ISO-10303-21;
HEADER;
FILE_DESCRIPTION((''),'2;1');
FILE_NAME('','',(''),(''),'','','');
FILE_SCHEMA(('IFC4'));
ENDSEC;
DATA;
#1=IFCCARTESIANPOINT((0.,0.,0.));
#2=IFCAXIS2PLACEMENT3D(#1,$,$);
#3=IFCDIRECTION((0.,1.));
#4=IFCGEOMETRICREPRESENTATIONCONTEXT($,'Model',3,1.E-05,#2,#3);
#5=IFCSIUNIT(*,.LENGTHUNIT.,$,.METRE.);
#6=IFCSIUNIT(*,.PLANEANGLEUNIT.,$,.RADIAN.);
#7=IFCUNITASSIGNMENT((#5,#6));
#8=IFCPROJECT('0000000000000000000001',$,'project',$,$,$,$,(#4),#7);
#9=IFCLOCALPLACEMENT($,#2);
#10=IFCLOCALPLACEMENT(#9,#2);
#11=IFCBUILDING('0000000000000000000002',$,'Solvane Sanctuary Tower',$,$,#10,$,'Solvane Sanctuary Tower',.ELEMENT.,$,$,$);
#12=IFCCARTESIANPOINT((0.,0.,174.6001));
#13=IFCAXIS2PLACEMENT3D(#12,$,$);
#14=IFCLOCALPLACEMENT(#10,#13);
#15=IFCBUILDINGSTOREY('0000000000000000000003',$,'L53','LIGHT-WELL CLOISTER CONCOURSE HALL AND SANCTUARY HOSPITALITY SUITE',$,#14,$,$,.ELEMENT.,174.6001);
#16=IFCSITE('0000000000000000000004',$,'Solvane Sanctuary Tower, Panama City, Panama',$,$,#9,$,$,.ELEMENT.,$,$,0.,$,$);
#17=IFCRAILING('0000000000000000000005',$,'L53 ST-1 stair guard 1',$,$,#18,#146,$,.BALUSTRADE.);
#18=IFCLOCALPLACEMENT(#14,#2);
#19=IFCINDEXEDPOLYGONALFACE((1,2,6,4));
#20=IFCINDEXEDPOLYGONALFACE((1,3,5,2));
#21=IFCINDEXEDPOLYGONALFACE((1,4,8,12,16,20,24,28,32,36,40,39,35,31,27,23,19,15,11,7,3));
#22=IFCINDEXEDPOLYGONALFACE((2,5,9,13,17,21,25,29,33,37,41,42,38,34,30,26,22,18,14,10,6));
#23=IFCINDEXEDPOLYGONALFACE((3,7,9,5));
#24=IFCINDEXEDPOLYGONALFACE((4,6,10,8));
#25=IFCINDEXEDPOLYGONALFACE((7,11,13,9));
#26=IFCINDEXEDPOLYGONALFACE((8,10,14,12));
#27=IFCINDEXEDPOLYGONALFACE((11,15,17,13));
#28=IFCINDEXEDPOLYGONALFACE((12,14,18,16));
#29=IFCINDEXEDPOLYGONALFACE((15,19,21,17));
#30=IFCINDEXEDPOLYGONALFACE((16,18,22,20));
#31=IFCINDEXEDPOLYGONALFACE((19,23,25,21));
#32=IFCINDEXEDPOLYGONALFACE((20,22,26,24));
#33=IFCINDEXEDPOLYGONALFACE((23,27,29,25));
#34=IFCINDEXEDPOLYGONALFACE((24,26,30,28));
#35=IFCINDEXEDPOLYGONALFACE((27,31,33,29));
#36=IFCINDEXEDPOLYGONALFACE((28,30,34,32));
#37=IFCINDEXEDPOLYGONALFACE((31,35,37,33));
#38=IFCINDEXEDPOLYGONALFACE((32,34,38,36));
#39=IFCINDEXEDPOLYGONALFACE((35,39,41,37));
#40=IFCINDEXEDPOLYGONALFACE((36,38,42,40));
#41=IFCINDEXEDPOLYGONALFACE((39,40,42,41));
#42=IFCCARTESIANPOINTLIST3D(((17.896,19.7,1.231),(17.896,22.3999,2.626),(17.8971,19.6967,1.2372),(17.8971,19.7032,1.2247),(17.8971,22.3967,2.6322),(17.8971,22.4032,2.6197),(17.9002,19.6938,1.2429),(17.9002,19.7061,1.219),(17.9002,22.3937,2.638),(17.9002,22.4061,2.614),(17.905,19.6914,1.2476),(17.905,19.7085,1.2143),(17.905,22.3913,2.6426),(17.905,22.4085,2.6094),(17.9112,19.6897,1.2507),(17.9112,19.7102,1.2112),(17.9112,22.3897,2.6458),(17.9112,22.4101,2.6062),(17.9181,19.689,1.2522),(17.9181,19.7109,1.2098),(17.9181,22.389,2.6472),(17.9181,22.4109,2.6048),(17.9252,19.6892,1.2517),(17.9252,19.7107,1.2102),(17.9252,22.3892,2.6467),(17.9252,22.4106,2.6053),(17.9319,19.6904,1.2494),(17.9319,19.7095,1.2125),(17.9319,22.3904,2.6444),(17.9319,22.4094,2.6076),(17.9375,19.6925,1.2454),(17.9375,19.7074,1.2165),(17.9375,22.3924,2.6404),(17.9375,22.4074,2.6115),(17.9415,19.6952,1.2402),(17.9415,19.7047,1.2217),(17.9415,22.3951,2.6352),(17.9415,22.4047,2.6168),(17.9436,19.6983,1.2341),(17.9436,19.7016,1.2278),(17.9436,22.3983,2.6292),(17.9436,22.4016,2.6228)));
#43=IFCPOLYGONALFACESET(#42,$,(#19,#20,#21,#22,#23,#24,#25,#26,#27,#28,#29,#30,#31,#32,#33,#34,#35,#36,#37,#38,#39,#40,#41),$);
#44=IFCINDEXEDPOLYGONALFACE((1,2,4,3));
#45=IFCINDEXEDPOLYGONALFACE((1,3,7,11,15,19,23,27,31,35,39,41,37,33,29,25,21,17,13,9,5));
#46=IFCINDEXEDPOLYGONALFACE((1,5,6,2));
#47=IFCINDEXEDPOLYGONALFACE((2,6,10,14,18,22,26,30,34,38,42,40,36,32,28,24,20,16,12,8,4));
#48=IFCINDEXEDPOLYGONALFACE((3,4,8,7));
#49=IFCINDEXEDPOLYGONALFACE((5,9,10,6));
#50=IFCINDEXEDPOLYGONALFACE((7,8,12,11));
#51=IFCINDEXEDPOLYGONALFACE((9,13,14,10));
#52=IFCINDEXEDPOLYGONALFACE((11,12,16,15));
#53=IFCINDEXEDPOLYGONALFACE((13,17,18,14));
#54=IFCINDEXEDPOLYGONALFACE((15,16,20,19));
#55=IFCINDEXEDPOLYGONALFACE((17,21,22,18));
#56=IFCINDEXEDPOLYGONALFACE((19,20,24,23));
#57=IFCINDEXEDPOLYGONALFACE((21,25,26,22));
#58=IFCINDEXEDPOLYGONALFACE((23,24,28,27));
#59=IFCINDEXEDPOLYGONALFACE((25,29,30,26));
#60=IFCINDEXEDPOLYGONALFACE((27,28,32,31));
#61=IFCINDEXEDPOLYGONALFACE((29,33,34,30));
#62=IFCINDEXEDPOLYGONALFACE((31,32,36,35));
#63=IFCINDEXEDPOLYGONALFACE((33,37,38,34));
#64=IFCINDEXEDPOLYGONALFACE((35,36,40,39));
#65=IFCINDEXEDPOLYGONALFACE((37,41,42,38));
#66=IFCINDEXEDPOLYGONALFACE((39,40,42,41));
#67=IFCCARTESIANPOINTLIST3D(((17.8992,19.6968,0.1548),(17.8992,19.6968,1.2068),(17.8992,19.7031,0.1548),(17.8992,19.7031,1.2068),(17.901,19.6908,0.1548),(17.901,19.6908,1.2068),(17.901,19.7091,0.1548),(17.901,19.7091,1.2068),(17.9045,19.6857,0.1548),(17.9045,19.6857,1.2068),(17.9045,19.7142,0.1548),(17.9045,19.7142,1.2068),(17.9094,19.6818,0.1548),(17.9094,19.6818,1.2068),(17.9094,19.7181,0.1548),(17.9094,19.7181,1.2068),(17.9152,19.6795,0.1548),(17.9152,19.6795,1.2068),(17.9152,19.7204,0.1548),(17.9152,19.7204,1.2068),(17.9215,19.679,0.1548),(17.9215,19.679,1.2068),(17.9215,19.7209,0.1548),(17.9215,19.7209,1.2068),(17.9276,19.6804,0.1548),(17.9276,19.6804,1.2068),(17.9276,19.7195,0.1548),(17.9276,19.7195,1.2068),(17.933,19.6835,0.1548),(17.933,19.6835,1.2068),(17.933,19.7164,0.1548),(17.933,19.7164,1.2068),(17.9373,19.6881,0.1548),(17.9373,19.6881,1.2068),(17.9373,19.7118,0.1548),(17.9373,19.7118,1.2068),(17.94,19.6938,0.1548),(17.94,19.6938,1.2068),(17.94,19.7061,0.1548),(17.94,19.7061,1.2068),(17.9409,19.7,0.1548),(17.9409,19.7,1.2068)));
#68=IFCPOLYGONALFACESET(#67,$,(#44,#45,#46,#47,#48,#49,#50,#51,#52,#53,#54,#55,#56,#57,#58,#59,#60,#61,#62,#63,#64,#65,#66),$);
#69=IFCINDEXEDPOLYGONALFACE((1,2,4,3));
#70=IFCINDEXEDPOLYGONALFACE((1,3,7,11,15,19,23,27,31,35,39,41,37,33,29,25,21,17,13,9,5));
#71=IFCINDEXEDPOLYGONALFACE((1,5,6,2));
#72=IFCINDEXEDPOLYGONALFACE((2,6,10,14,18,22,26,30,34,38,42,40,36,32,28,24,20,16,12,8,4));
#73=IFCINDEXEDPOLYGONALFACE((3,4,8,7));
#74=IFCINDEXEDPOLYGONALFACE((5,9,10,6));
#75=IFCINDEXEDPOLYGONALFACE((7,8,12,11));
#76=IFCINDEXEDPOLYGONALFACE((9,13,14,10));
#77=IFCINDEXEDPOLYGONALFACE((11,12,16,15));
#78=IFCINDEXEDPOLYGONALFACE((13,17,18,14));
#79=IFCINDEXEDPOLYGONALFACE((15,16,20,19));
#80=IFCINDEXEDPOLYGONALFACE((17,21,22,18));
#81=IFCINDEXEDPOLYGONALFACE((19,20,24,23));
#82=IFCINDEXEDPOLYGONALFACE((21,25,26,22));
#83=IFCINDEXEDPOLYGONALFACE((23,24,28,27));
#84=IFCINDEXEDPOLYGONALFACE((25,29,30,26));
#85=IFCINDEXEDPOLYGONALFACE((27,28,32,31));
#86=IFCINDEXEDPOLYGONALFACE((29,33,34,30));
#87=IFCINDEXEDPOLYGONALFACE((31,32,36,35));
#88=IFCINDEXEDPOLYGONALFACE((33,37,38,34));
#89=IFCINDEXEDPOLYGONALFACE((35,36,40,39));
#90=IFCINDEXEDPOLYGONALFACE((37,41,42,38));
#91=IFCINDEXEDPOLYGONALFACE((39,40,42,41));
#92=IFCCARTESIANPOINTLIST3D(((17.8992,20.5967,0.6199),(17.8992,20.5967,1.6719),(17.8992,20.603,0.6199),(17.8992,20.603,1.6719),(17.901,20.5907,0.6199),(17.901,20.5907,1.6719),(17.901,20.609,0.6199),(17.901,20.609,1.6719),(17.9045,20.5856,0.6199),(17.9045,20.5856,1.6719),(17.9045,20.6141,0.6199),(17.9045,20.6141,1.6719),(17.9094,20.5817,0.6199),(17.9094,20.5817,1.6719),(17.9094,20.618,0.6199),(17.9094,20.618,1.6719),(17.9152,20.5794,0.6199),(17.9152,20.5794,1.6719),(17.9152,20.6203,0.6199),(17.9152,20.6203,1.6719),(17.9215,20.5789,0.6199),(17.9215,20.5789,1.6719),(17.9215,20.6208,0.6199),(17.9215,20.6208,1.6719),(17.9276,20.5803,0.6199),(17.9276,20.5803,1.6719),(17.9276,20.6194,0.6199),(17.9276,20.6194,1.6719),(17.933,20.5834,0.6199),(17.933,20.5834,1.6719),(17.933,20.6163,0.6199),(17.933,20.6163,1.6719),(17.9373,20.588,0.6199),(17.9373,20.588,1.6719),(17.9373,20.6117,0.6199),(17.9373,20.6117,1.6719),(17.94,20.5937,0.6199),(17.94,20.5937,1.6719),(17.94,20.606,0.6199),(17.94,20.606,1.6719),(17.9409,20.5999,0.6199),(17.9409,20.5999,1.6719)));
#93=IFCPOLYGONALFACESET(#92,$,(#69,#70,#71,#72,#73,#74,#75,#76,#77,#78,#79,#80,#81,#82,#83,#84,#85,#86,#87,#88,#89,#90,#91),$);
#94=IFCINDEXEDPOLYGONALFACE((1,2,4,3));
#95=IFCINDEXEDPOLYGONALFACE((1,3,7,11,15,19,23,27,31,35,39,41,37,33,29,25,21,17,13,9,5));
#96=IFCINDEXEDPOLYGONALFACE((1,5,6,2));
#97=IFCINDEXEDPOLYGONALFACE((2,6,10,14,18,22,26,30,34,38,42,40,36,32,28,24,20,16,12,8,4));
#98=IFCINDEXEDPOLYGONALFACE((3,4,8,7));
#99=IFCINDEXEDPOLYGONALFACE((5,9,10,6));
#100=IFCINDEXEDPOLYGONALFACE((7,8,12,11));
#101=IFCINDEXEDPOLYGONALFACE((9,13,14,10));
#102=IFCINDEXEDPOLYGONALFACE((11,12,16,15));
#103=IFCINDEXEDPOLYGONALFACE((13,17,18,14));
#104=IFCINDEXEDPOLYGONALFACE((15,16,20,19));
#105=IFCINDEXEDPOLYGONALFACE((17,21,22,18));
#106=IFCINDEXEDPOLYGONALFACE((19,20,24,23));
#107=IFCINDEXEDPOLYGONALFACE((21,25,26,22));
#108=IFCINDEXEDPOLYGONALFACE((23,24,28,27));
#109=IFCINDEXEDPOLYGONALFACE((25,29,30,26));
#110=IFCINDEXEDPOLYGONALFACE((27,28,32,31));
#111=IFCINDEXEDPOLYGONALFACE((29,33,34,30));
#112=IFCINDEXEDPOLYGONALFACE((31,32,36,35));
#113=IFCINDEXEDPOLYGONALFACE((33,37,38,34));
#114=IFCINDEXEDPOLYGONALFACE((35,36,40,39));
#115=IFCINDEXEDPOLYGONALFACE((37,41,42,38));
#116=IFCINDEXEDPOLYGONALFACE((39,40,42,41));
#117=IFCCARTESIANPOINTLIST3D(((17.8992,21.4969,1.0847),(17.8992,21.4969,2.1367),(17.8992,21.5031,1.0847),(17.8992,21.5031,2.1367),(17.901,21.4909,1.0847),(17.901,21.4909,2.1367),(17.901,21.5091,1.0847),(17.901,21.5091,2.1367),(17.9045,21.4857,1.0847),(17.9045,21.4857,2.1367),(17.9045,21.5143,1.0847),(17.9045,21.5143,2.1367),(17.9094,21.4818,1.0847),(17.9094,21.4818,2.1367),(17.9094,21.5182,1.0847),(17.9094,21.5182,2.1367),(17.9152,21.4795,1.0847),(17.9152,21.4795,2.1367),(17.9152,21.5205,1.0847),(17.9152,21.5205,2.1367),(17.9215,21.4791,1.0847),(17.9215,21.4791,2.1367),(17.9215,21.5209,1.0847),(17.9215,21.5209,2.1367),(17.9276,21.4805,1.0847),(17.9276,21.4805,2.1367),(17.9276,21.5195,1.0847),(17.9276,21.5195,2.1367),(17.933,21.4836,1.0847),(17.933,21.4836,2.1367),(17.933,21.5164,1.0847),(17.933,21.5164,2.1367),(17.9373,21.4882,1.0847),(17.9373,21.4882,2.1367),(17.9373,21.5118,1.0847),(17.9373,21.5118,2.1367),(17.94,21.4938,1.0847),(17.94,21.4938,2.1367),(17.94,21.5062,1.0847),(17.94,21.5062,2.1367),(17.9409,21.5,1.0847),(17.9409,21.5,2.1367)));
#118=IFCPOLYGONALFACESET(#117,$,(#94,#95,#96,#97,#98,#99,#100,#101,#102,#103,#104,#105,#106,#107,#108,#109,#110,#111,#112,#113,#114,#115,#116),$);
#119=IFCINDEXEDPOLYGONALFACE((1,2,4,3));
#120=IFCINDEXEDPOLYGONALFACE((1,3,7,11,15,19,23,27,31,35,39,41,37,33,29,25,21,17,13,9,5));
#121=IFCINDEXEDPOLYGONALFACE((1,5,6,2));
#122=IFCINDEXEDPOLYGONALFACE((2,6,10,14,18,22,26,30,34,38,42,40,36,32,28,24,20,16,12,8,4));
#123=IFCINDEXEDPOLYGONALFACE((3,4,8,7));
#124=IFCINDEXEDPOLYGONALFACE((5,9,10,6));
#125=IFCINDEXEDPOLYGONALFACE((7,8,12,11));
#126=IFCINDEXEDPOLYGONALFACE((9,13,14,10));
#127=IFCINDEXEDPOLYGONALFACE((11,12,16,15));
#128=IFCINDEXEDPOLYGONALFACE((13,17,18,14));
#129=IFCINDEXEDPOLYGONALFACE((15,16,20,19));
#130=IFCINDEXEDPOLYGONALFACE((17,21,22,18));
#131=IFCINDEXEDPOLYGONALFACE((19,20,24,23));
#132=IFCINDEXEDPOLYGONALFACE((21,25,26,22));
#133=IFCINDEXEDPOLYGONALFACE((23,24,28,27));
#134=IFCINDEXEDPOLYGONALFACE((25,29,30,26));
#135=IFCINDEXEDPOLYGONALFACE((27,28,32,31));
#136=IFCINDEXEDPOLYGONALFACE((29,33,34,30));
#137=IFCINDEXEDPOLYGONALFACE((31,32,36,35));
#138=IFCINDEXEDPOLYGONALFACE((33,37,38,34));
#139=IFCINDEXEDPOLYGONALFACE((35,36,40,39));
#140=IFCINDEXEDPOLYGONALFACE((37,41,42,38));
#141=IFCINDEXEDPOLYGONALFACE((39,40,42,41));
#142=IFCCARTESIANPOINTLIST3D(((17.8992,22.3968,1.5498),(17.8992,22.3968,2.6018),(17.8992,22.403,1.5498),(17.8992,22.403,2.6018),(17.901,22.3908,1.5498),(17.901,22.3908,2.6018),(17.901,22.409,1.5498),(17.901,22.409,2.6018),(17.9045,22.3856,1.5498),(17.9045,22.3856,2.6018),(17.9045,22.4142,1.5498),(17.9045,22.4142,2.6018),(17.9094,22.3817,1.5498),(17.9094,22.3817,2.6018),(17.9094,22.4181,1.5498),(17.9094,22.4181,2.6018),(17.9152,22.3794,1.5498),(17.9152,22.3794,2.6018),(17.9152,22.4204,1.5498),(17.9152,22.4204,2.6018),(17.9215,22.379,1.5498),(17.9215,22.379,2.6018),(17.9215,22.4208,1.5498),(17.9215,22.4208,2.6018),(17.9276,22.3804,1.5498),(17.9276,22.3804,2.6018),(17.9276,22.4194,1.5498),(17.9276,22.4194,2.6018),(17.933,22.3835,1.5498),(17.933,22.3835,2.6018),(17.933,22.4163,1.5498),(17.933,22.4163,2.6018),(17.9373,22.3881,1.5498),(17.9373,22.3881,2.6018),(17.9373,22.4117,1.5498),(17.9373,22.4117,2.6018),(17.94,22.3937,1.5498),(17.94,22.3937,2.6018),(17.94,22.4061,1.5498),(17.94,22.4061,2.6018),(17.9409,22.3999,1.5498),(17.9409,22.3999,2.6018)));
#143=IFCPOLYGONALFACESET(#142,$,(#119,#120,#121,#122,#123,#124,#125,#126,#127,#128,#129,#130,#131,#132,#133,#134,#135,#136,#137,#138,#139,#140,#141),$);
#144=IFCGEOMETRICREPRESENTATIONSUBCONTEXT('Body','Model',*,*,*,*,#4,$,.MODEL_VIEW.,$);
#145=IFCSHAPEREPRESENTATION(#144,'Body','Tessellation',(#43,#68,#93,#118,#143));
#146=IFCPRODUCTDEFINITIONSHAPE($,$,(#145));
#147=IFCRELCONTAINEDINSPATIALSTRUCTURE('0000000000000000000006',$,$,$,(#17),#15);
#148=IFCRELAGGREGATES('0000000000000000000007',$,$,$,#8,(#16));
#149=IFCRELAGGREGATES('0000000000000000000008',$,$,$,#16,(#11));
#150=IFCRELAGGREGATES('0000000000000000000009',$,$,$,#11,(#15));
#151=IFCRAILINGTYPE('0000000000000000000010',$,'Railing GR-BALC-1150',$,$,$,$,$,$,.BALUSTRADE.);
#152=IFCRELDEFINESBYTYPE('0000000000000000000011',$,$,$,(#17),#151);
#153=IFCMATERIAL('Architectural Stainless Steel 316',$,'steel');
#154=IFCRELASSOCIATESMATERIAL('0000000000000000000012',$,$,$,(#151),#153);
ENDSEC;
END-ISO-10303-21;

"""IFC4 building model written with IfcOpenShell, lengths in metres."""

from ifc_helpers import new_model, si_unit, direction, frame, origin, origin_2d, place, context, subcontext, project, spatial, circle, extrude, material, type_object, element, save


model = new_model("IFC4")

# Units and contexts
model_context = context("Model", 3, precision=1e-05, world=origin(), true_north=direction((0.0, 1.0)))
body_context = subcontext(model_context, "Body", "Model", "MODEL_VIEW")
ifc_project = project(units=[si_unit("LENGTHUNIT", "METRE"), si_unit("PLANEANGLEUNIT", "RADIAN")], contexts=[model_context])

# Site, building, storey
site_placement = place(None, origin())
site = spatial("IfcSite", under=ifc_project, at=site_placement, Name="Solvane Sanctuary Tower, Panama City, Panama", CompositionType="ELEMENT", RefElevation=0.0)
building_placement = place(site_placement, origin())
building = spatial("IfcBuilding", under=site, at=building_placement, Name="Solvane Sanctuary Tower", LongName="Solvane Sanctuary Tower", CompositionType="ELEMENT")
storey_placement = place(building_placement, frame((0.0, 0.0, 174.6001)))
storey = spatial("IfcBuildingStorey", under=building, at=storey_placement, Name="L53", Description="LIGHT-WELL CLOISTER CONCOURSE HALL AND SANCTUARY HOSPITALITY SUITE", CompositionType="ELEMENT", Elevation=174.6001)

# Shared definitions
ifc_material_1 = material(Name="Architectural Stainless Steel 316", Category="steel")

# Railing
railing_type = type_object("IfcRailingType", Name="Railing GR-BALC-1150", PredefinedType="BALUSTRADE", material=ifc_material_1)
railing_1_placement = place(storey_placement, frame((17.9199, 19.7, 0.1548)))
element("IfcRailing", 1, at=railing_1_placement, inside=storey, type_object=railing_type, Name="L53 ST-1 stair guard 1", PredefinedType="BALUSTRADE", context=body_context, shape_type="SweptSolid", body=[
    extrude(circle(Radius=0.0239, at=origin_2d()), frame((0.0, 0.0, 1.0762), z_axis=(0.0, 0.88842, 0.459032), x_axis=(-1.0, 0.0, 0.0)), (0.0, 0.0, 1.0), 3.0391),
    extrude(circle(Radius=0.021, at=origin_2d()), origin(), (0.0, 0.0, 1.0), 1.052),
    extrude(circle(Radius=0.021, at=origin_2d()), frame((0.0, 0.8999, 0.4651)), (0.0, 0.0, 1.0), 1.052),
    extrude(circle(Radius=0.021, at=origin_2d()), frame((0.0, 1.8, 0.9299)), (0.0, 0.0, 1.0), 1.052),
    extrude(circle(Radius=0.021, at=origin_2d()), frame((0.0, 2.7, 1.395)), (0.0, 0.0, 1.0), 1.052),
])

save(model, "model.ifc")
